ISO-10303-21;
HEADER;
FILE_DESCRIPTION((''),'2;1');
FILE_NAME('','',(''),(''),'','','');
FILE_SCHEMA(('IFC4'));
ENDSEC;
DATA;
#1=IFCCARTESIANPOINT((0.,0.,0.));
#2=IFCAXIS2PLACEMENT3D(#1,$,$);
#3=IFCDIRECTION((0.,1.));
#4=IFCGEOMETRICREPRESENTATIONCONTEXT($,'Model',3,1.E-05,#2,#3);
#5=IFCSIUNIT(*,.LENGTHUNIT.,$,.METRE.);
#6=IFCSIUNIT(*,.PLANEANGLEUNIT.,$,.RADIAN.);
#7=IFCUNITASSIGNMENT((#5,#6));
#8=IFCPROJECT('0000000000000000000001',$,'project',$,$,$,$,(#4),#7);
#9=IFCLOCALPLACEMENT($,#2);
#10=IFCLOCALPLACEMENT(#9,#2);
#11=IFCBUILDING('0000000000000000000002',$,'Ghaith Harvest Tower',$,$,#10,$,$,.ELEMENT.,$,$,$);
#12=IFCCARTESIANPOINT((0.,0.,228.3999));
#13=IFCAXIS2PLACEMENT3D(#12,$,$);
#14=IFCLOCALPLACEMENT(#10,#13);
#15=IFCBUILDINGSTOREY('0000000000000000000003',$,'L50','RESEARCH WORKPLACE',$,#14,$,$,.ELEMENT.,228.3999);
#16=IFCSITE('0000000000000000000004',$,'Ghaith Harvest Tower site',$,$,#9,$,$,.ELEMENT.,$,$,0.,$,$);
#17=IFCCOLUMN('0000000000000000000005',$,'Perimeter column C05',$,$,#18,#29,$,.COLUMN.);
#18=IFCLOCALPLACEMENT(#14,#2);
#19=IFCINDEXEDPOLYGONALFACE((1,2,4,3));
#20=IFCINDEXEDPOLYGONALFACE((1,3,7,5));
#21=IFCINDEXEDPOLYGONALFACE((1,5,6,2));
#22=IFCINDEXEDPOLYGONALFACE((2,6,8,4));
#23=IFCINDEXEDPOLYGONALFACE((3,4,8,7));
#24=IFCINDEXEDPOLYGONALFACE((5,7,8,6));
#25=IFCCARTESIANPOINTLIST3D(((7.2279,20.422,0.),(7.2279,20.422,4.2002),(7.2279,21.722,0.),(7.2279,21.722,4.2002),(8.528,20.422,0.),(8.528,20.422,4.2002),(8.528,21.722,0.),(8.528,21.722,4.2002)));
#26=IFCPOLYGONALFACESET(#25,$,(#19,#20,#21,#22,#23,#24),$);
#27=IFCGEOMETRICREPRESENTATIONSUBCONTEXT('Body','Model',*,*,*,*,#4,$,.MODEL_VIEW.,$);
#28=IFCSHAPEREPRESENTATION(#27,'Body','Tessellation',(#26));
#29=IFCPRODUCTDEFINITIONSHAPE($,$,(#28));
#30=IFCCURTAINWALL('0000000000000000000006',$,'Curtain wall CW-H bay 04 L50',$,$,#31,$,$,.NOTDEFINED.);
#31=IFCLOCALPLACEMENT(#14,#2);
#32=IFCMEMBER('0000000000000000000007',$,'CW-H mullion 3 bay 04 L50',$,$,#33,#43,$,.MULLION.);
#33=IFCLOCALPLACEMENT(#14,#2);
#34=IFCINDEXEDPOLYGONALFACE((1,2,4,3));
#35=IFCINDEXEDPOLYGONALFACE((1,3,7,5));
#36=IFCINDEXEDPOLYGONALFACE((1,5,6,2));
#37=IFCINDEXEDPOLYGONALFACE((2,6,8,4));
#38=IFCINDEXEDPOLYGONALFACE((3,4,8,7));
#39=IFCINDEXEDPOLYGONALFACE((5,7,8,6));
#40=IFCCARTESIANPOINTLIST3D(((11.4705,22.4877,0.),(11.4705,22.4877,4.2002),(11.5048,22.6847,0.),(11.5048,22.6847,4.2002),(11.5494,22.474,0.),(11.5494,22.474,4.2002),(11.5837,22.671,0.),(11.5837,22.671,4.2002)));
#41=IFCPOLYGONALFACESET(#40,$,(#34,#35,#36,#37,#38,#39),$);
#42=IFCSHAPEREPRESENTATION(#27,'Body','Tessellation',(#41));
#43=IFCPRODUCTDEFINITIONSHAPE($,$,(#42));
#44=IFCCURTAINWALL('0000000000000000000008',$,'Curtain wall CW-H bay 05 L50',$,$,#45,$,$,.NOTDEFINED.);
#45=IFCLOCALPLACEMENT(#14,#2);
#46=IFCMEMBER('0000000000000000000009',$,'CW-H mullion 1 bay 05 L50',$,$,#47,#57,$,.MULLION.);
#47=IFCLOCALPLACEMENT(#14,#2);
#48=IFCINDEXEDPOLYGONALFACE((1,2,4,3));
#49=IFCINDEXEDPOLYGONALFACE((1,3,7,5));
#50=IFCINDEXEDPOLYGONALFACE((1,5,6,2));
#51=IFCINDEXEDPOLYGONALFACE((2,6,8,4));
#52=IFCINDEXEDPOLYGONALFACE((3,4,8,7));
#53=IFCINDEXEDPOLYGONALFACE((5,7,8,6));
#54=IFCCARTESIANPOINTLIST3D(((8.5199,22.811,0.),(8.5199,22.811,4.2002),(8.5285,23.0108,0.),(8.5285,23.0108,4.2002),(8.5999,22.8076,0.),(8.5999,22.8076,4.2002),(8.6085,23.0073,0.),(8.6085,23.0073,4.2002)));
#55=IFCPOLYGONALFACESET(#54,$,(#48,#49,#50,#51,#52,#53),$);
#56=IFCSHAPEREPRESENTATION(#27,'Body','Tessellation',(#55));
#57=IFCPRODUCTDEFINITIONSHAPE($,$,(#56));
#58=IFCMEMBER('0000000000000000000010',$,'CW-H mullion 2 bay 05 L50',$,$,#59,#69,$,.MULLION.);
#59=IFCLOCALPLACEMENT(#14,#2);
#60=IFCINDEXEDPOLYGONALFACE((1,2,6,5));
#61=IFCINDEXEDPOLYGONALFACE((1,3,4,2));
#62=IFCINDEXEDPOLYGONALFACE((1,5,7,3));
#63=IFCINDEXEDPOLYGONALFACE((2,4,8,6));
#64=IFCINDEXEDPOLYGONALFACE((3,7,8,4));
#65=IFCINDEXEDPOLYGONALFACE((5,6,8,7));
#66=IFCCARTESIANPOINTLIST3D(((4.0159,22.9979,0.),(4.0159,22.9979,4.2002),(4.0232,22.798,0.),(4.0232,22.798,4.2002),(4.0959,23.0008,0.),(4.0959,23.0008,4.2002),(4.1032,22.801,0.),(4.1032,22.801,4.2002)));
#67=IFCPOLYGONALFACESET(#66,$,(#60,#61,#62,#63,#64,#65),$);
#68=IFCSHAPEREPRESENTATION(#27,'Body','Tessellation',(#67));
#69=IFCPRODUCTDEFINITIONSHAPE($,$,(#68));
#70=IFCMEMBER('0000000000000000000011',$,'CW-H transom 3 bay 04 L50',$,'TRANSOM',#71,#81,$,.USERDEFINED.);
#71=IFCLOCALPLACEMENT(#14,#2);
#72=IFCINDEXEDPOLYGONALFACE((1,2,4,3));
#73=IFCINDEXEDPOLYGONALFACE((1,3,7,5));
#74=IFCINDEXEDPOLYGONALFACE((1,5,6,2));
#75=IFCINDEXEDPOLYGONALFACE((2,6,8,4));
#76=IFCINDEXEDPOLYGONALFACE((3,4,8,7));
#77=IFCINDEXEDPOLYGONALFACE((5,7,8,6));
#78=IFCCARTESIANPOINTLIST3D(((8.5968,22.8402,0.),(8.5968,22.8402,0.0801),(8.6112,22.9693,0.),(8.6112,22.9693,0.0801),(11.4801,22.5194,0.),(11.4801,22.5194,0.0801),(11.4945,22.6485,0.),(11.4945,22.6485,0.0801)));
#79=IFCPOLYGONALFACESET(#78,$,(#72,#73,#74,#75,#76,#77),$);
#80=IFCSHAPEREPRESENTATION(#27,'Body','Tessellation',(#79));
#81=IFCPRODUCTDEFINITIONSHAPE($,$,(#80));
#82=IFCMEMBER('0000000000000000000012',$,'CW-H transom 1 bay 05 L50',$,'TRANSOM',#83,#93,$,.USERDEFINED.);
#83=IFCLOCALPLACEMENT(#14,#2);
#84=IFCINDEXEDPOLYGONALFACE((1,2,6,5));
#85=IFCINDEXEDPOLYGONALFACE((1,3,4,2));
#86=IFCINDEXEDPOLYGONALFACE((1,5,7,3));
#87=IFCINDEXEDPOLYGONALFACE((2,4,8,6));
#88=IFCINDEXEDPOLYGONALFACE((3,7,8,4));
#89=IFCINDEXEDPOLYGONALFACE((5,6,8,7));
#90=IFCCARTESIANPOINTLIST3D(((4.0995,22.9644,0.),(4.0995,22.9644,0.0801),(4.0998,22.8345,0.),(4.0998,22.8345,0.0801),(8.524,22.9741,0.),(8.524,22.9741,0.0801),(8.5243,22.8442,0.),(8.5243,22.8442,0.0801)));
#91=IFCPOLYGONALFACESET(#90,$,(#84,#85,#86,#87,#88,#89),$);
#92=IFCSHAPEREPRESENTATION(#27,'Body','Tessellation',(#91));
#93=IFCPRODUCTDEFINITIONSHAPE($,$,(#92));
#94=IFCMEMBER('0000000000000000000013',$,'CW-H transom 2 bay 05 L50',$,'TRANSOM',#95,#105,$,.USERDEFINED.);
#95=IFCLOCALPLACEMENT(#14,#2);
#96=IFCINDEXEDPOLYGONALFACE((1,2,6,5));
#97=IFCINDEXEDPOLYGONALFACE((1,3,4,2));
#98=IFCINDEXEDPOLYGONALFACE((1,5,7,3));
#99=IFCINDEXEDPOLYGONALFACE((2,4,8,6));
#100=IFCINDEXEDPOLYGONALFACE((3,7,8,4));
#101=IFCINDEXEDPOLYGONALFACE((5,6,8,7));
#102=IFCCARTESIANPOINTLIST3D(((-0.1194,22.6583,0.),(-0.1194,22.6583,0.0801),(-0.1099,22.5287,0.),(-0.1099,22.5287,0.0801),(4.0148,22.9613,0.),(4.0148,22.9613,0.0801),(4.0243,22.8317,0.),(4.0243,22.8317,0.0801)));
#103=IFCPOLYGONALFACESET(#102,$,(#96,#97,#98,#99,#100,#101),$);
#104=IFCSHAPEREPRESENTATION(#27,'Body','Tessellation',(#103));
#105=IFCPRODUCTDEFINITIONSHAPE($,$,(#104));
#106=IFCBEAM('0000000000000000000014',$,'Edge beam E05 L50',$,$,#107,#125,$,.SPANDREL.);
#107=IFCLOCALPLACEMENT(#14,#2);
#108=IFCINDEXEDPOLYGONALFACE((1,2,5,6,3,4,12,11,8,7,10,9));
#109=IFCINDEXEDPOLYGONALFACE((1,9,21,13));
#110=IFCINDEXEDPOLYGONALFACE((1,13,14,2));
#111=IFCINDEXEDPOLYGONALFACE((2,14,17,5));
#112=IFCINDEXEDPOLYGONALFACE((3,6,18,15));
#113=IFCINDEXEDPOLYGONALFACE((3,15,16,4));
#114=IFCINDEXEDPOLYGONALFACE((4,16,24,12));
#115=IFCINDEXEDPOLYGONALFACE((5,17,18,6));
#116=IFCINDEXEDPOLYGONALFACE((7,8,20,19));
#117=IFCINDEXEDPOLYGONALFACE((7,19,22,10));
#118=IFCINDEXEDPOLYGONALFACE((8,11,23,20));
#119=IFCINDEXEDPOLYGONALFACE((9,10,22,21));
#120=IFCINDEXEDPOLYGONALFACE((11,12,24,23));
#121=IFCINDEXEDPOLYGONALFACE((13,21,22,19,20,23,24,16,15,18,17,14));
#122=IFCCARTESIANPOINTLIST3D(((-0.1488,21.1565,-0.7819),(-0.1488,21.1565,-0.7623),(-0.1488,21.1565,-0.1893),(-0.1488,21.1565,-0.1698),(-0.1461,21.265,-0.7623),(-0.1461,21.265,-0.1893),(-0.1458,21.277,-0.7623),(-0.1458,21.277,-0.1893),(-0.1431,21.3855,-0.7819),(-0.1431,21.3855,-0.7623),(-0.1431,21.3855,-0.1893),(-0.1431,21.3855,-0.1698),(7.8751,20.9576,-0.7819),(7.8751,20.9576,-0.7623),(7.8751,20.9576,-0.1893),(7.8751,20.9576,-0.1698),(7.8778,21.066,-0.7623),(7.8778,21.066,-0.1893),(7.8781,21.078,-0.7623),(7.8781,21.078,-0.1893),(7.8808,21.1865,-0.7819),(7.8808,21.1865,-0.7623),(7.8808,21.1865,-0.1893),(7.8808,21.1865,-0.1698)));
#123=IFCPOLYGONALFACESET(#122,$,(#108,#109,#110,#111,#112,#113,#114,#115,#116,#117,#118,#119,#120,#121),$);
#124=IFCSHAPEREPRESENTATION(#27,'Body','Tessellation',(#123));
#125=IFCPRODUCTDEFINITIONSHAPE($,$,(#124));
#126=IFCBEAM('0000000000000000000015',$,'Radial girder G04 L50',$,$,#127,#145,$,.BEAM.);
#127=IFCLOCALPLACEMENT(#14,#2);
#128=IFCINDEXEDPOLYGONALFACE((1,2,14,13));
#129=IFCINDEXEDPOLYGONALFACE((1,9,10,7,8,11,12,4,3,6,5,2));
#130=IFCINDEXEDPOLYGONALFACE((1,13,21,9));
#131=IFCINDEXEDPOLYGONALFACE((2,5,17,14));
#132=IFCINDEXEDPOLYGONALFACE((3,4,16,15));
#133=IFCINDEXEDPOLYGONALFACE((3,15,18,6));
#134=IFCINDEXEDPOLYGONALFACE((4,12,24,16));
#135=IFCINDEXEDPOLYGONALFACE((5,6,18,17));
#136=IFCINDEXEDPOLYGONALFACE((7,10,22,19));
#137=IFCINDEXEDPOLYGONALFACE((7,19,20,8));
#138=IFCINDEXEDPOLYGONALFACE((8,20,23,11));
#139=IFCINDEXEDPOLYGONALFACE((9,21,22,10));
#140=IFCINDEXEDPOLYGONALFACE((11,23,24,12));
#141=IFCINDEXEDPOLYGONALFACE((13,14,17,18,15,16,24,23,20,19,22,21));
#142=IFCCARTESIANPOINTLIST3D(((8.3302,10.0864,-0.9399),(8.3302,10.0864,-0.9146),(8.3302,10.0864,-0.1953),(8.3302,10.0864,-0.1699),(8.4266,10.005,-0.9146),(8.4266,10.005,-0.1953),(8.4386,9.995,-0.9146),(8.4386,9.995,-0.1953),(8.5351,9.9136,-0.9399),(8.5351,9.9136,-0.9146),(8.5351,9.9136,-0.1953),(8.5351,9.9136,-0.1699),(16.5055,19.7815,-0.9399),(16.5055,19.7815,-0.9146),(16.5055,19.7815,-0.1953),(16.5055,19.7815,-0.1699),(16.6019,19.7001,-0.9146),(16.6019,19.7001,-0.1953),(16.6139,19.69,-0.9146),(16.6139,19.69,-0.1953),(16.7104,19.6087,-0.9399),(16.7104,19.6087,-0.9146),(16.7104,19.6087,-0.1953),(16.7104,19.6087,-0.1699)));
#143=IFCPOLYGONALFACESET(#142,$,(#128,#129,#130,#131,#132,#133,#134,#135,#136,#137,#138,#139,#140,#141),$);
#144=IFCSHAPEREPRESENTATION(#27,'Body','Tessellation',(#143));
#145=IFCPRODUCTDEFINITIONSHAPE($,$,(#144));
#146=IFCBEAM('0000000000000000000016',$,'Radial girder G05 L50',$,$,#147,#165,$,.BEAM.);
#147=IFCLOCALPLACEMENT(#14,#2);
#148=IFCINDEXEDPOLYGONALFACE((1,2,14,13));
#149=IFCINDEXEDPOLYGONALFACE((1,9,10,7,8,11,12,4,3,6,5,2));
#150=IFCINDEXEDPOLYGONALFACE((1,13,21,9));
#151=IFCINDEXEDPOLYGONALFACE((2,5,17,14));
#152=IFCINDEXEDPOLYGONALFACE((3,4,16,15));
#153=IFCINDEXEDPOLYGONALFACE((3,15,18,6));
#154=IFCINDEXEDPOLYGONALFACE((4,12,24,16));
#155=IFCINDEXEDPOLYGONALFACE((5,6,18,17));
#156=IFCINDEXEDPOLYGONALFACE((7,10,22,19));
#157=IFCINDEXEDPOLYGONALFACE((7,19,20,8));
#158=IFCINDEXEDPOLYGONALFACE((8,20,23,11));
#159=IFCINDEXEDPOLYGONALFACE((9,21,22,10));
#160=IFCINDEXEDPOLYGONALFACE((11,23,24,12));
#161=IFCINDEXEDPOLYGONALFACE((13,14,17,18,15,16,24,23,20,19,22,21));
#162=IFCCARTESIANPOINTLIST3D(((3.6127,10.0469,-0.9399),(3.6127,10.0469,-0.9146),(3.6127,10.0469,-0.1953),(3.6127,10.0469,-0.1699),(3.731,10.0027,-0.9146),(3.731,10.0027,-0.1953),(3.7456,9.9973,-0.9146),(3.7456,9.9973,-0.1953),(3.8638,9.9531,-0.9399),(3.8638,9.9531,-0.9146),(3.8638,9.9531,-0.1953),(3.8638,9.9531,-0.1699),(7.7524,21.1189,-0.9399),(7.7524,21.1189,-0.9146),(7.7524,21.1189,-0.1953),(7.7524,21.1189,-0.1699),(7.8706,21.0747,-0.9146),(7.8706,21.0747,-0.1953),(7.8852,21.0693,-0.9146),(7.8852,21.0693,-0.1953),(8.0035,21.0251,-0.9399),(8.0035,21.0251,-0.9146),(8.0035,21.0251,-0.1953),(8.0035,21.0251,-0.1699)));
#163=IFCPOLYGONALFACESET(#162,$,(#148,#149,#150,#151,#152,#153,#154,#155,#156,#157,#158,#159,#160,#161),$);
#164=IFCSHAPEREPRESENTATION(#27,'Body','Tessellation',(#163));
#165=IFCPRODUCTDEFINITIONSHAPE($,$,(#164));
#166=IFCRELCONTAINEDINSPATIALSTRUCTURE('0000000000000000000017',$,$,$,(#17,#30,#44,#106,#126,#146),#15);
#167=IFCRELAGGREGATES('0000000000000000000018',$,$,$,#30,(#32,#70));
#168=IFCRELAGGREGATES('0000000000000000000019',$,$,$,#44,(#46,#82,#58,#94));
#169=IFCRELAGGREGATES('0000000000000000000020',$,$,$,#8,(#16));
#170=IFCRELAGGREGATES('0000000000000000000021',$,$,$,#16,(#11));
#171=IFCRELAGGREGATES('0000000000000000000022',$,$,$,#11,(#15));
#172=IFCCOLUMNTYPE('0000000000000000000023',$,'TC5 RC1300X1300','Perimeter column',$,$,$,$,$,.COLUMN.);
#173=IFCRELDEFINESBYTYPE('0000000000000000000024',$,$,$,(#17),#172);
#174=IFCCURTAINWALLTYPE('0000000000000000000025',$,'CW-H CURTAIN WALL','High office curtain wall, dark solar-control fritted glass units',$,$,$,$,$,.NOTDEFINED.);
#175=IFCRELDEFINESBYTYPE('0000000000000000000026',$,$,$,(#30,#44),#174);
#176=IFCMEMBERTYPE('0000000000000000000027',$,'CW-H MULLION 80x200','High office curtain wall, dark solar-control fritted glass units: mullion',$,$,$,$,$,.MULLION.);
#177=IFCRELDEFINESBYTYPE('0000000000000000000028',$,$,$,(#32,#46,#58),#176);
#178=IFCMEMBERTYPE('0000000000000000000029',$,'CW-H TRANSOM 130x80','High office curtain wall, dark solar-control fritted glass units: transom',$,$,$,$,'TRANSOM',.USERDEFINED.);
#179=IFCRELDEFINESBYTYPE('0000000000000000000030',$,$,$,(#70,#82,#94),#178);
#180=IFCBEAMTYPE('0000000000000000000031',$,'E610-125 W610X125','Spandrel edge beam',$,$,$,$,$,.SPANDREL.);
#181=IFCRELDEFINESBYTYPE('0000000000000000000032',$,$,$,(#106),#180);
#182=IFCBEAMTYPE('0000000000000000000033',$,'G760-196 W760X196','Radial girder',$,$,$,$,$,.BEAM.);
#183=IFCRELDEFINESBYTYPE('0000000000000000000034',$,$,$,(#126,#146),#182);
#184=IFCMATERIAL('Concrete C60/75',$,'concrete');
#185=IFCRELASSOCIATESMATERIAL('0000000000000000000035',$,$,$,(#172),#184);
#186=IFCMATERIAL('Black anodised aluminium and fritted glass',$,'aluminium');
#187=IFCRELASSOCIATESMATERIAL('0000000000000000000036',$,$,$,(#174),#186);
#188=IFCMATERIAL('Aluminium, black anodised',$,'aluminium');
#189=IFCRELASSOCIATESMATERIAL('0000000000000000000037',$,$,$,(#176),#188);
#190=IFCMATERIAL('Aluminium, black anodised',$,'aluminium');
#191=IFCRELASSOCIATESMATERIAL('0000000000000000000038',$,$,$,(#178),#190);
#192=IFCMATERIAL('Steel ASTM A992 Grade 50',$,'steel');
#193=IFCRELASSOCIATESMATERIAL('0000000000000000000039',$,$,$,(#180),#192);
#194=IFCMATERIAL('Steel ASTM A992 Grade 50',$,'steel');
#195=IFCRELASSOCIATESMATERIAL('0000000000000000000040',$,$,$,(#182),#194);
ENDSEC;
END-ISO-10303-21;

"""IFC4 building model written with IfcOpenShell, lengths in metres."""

from ifc_helpers import new_model, si_unit, direction, frame, origin, origin_2d, place, context, subcontext, project, spatial, rectangle, i_section, extrude, material, material_profile, profile_set, type_object, element, aggregate, save


model = new_model("IFC4")

# Units and contexts
model_context = context("Model", 3, precision=1e-05, world=origin(), true_north=direction((0.0, 1.0)))
body_context = subcontext(model_context, "Body", "Model", "MODEL_VIEW")
ifc_project = project(units=[si_unit("LENGTHUNIT", "METRE"), si_unit("PLANEANGLEUNIT", "RADIAN")], contexts=[model_context])

# Site, building, storey
site_placement = place(None, origin())
site = spatial("IfcSite", under=ifc_project, at=site_placement, Name="Ghaith Harvest Tower site", CompositionType="ELEMENT", RefElevation=0.0)
building_placement = place(site_placement, origin())
building = spatial("IfcBuilding", under=site, at=building_placement, Name="Ghaith Harvest Tower", CompositionType="ELEMENT")
storey_placement = place(building_placement, frame((0.0, 0.0, 228.3999)))
storey = spatial("IfcBuildingStorey", under=building, at=storey_placement, Name="L50", Description="RESEARCH WORKPLACE", CompositionType="ELEMENT", Elevation=228.3999)

# Column
ifc_material_1 = material(Name="Concrete C60/75", Category="concrete")
ifc_material_profile_1 = material_profile(ifc_material_1, rectangle(XDim=1.3, YDim=1.3, at=origin_2d()), Name="RC1300X1300")
ifc_profile_set_1 = profile_set([ifc_material_profile_1], Name="Concrete C60/75")
column_type = type_object("IfcColumnType", Name="TC5 RC1300X1300", Description="Perimeter column", PredefinedType="COLUMN", material=ifc_profile_set_1)
column_placement = place(storey_placement, frame((7.8779, 21.072, 0.0), z_axis=(0.0, 0.0, 1.0), x_axis=(1.0, 0.0, 0.0)))
element("IfcColumn", 1, at=column_placement, inside=storey, type_object=column_type, Name="Perimeter column C05", PredefinedType="COLUMN", context=body_context, shape_type="SweptSolid", body=[
    extrude(rectangle(XDim=1.3, YDim=1.3, at=origin_2d()), origin(), (0.0, 0.0, 1.0), 4.2002),
])

# Curtain wall, member
ifc_material_2 = material(Name="Black anodised aluminium and fritted glass", Category="aluminium")
curtain_wall_type = type_object("IfcCurtainWallType", Name="CW-H CURTAIN WALL", Description="High office curtain wall, dark solar-control fritted glass units", PredefinedType="NOTDEFINED", material=ifc_material_2)
curtain_wall_1_placement = place(storey_placement, origin())
curtain_wall_1 = element("IfcCurtainWall", 2, at=curtain_wall_1_placement, inside=storey, type_object=curtain_wall_type, Name="Curtain wall CW-H bay 04 L50", PredefinedType="NOTDEFINED")
ifc_material_3 = material(Name="Aluminium, black anodised", Category="aluminium")
ifc_material_profile_2 = material_profile(ifc_material_3, rectangle(XDim=0.0801, YDim=0.2, at=origin_2d()), Name="CW-H MULLION 80x200")
ifc_profile_set_2 = profile_set([ifc_material_profile_2], Name="Aluminium, black anodised")
member_type_1 = type_object("IfcMemberType", Name="CW-H MULLION 80x200", Description="High office curtain wall, dark solar-control fritted glass units: mullion", PredefinedType="MULLION", material=ifc_profile_set_2)
member_1_placement = place(storey_placement, frame((11.5271, 22.5793, 0.0), z_axis=(0.0, 0.0, 1.0), x_axis=(-0.985193, 0.171447, 0.0)))
member_1 = element("IfcMember", 3, at=member_1_placement, type_object=member_type_1, Name="CW-H mullion 3 bay 04 L50", PredefinedType="MULLION", context=body_context, shape_type="SweptSolid", body=[
    extrude(rectangle(XDim=0.0801, YDim=0.2, at=origin_2d()), origin(), (0.0, 0.0, 1.0), 4.2002),
])

# Curtain wall, members
curtain_wall_2_placement = place(storey_placement, origin())
curtain_wall_2 = element("IfcCurtainWall", 4, at=curtain_wall_2_placement, inside=storey, type_object=curtain_wall_type, Name="Curtain wall CW-H bay 05 L50", PredefinedType="NOTDEFINED")
member_2_placement = place(storey_placement, frame((8.5642, 22.9092, 0.0), z_axis=(0.0, 0.0, 1.0), x_axis=(-0.999084, 0.042803, 0.0)))
member_2 = element("IfcMember", 5, at=member_2_placement, type_object=member_type_1, Name="CW-H mullion 1 bay 05 L50", PredefinedType="MULLION", context=body_context, shape_type="SweptSolid", body=[
    extrude(rectangle(XDim=0.0801, YDim=0.2, at=origin_2d()), origin(), (0.0, 0.0, 1.0), 4.2002),
])
member_3_placement = place(storey_placement, frame((4.0596, 22.8994, 0.0), z_axis=(0.0, 0.0, 1.0), x_axis=(-0.999333, -0.036524, 0.0)))
member_3 = element("IfcMember", 6, at=member_3_placement, type_object=member_type_1, Name="CW-H mullion 2 bay 05 L50", PredefinedType="MULLION", context=body_context, shape_type="SweptSolid", body=[
    extrude(rectangle(XDim=0.0801, YDim=0.2, at=origin_2d()), origin(), (0.0, 0.0, 1.0), 4.2002),
])

# Members
ifc_material_4 = material(Name="Aluminium, black anodised", Category="aluminium")
ifc_material_profile_3 = material_profile(ifc_material_4, rectangle(XDim=0.1299, YDim=0.0801, at=origin_2d()), Name="CW-H TRANSOM 130x80")
ifc_profile_set_3 = profile_set([ifc_material_profile_3], Name="Aluminium, black anodised")
member_type_2 = type_object("IfcMemberType", Name="CW-H TRANSOM 130x80", Description="High office curtain wall, dark solar-control fritted glass units: transom", ElementType="TRANSOM", PredefinedType="USERDEFINED", material=ifc_profile_set_3)
member_4_placement = place(storey_placement, frame((11.4873, 22.584, 0.04), z_axis=(-0.993867, 0.110579, 0.0), x_axis=(-0.110579, -0.993867, 0.0)))
member_4 = element("IfcMember", 7, at=member_4_placement, type_object=member_type_2, Name="CW-H transom 3 bay 04 L50", ObjectType="TRANSOM", PredefinedType="USERDEFINED", context=body_context, shape_type="SweptSolid", body=[
    extrude(rectangle(XDim=0.1299, YDim=0.0801, at=origin_2d()), origin(), (0.0, 0.0, 1.0), 2.9011),
])
member_5_placement = place(storey_placement, frame((8.5242, 22.9092, 0.04), z_axis=(-0.999998, -0.002207, 0.0), x_axis=(0.002207, -0.999998, 0.0)))
member_5 = element("IfcMember", 8, at=member_5_placement, type_object=member_type_2, Name="CW-H transom 1 bay 05 L50", ObjectType="TRANSOM", PredefinedType="USERDEFINED", context=body_context, shape_type="SweptSolid", body=[
    extrude(rectangle(XDim=0.1299, YDim=0.0801, at=origin_2d()), origin(), (0.0, 0.0, 1.0), 4.4246),
])
member_6_placement = place(storey_placement, frame((4.0195, 22.8965, 0.04), z_axis=(-0.997325, -0.073089, 0.0), x_axis=(0.073089, -0.997325, 0.0)))
member_6 = element("IfcMember", 9, at=member_6_placement, type_object=member_type_2, Name="CW-H transom 2 bay 05 L50", ObjectType="TRANSOM", PredefinedType="USERDEFINED", context=body_context, shape_type="SweptSolid", body=[
    extrude(rectangle(XDim=0.1299, YDim=0.0801, at=origin_2d()), origin(), (0.0, 0.0, 1.0), 4.1453),
])

# Beams
ifc_material_5 = material(Name="Steel ASTM A992 Grade 50", Category="steel")
ifc_material_profile_4 = material_profile(ifc_material_5, i_section(OverallWidth=0.229, OverallDepth=0.6121, WebThickness=0.012, FlangeThickness=0.0195, at=origin_2d()), Name="W610X125")
ifc_profile_set_4 = profile_set([ifc_material_profile_4], Name="Steel ASTM A992 Grade 50")
beam_type_1 = type_object("IfcBeamType", Name="E610-125 W610X125", Description="Spandrel edge beam", PredefinedType="SPANDREL", material=ifc_profile_set_4)
beam_1_placement = place(storey_placement, frame((7.8779, 21.072, -0.4758), z_axis=(-0.999693, 0.02479, 0.0), x_axis=(-0.02479, -0.999693, 0.0)))
element("IfcBeam", 10, at=beam_1_placement, inside=storey, type_object=beam_type_1, Name="Edge beam E05 L50", PredefinedType="SPANDREL", context=body_context, shape_type="SweptSolid", body=[
    extrude(i_section(OverallWidth=0.229, OverallDepth=0.6121, WebThickness=0.012, FlangeThickness=0.0195, at=origin_2d()), origin(), (0.0, 0.0, 1.0), 8.0264),
])
ifc_material_6 = material(Name="Steel ASTM A992 Grade 50", Category="steel")
ifc_material_profile_5 = material_profile(ifc_material_6, i_section(OverallWidth=0.2681, OverallDepth=0.77, WebThickness=0.0156, FlangeThickness=0.0254, at=origin_2d()), Name="W760X196")
ifc_profile_set_5 = profile_set([ifc_material_profile_5], Name="Steel ASTM A992 Grade 50")
beam_type_2 = type_object("IfcBeamType", Name="G760-196 W760X196", Description="Radial girder", PredefinedType="BEAM", material=ifc_profile_set_5)
beam_2_placement = place(storey_placement, frame((8.4326, 10.0, -0.5549), z_axis=(0.644644, 0.764483, 0.0), x_axis=(-0.764483, 0.644644, 0.0)))
element("IfcBeam", 11, at=beam_2_placement, inside=storey, type_object=beam_type_2, Name="Radial girder G04 L50", PredefinedType="BEAM", context=body_context, shape_type="SweptSolid", body=[
    extrude(i_section(OverallWidth=0.2681, OverallDepth=0.77, WebThickness=0.0156, FlangeThickness=0.0254, at=origin_2d()), origin(), (0.0, 0.0, 1.0), 12.6819),
])
beam_3_placement = place(storey_placement, frame((3.7383, 10.0, -0.5549), z_axis=(0.350207, 0.936672, 0.0), x_axis=(-0.936672, 0.350207, 0.0)))
element("IfcBeam", 12, at=beam_3_placement, inside=storey, type_object=beam_type_2, Name="Radial girder G05 L50", PredefinedType="BEAM", context=body_context, shape_type="SweptSolid", body=[
    extrude(i_section(OverallWidth=0.2681, OverallDepth=0.77, WebThickness=0.0156, FlangeThickness=0.0254, at=origin_2d()), origin(), (0.0, 0.0, 1.0), 11.8206),
])

aggregate(curtain_wall_1, [member_1, member_4])
aggregate(curtain_wall_2, [member_2, member_5, member_3, member_6])

save(model, "model.ifc")
